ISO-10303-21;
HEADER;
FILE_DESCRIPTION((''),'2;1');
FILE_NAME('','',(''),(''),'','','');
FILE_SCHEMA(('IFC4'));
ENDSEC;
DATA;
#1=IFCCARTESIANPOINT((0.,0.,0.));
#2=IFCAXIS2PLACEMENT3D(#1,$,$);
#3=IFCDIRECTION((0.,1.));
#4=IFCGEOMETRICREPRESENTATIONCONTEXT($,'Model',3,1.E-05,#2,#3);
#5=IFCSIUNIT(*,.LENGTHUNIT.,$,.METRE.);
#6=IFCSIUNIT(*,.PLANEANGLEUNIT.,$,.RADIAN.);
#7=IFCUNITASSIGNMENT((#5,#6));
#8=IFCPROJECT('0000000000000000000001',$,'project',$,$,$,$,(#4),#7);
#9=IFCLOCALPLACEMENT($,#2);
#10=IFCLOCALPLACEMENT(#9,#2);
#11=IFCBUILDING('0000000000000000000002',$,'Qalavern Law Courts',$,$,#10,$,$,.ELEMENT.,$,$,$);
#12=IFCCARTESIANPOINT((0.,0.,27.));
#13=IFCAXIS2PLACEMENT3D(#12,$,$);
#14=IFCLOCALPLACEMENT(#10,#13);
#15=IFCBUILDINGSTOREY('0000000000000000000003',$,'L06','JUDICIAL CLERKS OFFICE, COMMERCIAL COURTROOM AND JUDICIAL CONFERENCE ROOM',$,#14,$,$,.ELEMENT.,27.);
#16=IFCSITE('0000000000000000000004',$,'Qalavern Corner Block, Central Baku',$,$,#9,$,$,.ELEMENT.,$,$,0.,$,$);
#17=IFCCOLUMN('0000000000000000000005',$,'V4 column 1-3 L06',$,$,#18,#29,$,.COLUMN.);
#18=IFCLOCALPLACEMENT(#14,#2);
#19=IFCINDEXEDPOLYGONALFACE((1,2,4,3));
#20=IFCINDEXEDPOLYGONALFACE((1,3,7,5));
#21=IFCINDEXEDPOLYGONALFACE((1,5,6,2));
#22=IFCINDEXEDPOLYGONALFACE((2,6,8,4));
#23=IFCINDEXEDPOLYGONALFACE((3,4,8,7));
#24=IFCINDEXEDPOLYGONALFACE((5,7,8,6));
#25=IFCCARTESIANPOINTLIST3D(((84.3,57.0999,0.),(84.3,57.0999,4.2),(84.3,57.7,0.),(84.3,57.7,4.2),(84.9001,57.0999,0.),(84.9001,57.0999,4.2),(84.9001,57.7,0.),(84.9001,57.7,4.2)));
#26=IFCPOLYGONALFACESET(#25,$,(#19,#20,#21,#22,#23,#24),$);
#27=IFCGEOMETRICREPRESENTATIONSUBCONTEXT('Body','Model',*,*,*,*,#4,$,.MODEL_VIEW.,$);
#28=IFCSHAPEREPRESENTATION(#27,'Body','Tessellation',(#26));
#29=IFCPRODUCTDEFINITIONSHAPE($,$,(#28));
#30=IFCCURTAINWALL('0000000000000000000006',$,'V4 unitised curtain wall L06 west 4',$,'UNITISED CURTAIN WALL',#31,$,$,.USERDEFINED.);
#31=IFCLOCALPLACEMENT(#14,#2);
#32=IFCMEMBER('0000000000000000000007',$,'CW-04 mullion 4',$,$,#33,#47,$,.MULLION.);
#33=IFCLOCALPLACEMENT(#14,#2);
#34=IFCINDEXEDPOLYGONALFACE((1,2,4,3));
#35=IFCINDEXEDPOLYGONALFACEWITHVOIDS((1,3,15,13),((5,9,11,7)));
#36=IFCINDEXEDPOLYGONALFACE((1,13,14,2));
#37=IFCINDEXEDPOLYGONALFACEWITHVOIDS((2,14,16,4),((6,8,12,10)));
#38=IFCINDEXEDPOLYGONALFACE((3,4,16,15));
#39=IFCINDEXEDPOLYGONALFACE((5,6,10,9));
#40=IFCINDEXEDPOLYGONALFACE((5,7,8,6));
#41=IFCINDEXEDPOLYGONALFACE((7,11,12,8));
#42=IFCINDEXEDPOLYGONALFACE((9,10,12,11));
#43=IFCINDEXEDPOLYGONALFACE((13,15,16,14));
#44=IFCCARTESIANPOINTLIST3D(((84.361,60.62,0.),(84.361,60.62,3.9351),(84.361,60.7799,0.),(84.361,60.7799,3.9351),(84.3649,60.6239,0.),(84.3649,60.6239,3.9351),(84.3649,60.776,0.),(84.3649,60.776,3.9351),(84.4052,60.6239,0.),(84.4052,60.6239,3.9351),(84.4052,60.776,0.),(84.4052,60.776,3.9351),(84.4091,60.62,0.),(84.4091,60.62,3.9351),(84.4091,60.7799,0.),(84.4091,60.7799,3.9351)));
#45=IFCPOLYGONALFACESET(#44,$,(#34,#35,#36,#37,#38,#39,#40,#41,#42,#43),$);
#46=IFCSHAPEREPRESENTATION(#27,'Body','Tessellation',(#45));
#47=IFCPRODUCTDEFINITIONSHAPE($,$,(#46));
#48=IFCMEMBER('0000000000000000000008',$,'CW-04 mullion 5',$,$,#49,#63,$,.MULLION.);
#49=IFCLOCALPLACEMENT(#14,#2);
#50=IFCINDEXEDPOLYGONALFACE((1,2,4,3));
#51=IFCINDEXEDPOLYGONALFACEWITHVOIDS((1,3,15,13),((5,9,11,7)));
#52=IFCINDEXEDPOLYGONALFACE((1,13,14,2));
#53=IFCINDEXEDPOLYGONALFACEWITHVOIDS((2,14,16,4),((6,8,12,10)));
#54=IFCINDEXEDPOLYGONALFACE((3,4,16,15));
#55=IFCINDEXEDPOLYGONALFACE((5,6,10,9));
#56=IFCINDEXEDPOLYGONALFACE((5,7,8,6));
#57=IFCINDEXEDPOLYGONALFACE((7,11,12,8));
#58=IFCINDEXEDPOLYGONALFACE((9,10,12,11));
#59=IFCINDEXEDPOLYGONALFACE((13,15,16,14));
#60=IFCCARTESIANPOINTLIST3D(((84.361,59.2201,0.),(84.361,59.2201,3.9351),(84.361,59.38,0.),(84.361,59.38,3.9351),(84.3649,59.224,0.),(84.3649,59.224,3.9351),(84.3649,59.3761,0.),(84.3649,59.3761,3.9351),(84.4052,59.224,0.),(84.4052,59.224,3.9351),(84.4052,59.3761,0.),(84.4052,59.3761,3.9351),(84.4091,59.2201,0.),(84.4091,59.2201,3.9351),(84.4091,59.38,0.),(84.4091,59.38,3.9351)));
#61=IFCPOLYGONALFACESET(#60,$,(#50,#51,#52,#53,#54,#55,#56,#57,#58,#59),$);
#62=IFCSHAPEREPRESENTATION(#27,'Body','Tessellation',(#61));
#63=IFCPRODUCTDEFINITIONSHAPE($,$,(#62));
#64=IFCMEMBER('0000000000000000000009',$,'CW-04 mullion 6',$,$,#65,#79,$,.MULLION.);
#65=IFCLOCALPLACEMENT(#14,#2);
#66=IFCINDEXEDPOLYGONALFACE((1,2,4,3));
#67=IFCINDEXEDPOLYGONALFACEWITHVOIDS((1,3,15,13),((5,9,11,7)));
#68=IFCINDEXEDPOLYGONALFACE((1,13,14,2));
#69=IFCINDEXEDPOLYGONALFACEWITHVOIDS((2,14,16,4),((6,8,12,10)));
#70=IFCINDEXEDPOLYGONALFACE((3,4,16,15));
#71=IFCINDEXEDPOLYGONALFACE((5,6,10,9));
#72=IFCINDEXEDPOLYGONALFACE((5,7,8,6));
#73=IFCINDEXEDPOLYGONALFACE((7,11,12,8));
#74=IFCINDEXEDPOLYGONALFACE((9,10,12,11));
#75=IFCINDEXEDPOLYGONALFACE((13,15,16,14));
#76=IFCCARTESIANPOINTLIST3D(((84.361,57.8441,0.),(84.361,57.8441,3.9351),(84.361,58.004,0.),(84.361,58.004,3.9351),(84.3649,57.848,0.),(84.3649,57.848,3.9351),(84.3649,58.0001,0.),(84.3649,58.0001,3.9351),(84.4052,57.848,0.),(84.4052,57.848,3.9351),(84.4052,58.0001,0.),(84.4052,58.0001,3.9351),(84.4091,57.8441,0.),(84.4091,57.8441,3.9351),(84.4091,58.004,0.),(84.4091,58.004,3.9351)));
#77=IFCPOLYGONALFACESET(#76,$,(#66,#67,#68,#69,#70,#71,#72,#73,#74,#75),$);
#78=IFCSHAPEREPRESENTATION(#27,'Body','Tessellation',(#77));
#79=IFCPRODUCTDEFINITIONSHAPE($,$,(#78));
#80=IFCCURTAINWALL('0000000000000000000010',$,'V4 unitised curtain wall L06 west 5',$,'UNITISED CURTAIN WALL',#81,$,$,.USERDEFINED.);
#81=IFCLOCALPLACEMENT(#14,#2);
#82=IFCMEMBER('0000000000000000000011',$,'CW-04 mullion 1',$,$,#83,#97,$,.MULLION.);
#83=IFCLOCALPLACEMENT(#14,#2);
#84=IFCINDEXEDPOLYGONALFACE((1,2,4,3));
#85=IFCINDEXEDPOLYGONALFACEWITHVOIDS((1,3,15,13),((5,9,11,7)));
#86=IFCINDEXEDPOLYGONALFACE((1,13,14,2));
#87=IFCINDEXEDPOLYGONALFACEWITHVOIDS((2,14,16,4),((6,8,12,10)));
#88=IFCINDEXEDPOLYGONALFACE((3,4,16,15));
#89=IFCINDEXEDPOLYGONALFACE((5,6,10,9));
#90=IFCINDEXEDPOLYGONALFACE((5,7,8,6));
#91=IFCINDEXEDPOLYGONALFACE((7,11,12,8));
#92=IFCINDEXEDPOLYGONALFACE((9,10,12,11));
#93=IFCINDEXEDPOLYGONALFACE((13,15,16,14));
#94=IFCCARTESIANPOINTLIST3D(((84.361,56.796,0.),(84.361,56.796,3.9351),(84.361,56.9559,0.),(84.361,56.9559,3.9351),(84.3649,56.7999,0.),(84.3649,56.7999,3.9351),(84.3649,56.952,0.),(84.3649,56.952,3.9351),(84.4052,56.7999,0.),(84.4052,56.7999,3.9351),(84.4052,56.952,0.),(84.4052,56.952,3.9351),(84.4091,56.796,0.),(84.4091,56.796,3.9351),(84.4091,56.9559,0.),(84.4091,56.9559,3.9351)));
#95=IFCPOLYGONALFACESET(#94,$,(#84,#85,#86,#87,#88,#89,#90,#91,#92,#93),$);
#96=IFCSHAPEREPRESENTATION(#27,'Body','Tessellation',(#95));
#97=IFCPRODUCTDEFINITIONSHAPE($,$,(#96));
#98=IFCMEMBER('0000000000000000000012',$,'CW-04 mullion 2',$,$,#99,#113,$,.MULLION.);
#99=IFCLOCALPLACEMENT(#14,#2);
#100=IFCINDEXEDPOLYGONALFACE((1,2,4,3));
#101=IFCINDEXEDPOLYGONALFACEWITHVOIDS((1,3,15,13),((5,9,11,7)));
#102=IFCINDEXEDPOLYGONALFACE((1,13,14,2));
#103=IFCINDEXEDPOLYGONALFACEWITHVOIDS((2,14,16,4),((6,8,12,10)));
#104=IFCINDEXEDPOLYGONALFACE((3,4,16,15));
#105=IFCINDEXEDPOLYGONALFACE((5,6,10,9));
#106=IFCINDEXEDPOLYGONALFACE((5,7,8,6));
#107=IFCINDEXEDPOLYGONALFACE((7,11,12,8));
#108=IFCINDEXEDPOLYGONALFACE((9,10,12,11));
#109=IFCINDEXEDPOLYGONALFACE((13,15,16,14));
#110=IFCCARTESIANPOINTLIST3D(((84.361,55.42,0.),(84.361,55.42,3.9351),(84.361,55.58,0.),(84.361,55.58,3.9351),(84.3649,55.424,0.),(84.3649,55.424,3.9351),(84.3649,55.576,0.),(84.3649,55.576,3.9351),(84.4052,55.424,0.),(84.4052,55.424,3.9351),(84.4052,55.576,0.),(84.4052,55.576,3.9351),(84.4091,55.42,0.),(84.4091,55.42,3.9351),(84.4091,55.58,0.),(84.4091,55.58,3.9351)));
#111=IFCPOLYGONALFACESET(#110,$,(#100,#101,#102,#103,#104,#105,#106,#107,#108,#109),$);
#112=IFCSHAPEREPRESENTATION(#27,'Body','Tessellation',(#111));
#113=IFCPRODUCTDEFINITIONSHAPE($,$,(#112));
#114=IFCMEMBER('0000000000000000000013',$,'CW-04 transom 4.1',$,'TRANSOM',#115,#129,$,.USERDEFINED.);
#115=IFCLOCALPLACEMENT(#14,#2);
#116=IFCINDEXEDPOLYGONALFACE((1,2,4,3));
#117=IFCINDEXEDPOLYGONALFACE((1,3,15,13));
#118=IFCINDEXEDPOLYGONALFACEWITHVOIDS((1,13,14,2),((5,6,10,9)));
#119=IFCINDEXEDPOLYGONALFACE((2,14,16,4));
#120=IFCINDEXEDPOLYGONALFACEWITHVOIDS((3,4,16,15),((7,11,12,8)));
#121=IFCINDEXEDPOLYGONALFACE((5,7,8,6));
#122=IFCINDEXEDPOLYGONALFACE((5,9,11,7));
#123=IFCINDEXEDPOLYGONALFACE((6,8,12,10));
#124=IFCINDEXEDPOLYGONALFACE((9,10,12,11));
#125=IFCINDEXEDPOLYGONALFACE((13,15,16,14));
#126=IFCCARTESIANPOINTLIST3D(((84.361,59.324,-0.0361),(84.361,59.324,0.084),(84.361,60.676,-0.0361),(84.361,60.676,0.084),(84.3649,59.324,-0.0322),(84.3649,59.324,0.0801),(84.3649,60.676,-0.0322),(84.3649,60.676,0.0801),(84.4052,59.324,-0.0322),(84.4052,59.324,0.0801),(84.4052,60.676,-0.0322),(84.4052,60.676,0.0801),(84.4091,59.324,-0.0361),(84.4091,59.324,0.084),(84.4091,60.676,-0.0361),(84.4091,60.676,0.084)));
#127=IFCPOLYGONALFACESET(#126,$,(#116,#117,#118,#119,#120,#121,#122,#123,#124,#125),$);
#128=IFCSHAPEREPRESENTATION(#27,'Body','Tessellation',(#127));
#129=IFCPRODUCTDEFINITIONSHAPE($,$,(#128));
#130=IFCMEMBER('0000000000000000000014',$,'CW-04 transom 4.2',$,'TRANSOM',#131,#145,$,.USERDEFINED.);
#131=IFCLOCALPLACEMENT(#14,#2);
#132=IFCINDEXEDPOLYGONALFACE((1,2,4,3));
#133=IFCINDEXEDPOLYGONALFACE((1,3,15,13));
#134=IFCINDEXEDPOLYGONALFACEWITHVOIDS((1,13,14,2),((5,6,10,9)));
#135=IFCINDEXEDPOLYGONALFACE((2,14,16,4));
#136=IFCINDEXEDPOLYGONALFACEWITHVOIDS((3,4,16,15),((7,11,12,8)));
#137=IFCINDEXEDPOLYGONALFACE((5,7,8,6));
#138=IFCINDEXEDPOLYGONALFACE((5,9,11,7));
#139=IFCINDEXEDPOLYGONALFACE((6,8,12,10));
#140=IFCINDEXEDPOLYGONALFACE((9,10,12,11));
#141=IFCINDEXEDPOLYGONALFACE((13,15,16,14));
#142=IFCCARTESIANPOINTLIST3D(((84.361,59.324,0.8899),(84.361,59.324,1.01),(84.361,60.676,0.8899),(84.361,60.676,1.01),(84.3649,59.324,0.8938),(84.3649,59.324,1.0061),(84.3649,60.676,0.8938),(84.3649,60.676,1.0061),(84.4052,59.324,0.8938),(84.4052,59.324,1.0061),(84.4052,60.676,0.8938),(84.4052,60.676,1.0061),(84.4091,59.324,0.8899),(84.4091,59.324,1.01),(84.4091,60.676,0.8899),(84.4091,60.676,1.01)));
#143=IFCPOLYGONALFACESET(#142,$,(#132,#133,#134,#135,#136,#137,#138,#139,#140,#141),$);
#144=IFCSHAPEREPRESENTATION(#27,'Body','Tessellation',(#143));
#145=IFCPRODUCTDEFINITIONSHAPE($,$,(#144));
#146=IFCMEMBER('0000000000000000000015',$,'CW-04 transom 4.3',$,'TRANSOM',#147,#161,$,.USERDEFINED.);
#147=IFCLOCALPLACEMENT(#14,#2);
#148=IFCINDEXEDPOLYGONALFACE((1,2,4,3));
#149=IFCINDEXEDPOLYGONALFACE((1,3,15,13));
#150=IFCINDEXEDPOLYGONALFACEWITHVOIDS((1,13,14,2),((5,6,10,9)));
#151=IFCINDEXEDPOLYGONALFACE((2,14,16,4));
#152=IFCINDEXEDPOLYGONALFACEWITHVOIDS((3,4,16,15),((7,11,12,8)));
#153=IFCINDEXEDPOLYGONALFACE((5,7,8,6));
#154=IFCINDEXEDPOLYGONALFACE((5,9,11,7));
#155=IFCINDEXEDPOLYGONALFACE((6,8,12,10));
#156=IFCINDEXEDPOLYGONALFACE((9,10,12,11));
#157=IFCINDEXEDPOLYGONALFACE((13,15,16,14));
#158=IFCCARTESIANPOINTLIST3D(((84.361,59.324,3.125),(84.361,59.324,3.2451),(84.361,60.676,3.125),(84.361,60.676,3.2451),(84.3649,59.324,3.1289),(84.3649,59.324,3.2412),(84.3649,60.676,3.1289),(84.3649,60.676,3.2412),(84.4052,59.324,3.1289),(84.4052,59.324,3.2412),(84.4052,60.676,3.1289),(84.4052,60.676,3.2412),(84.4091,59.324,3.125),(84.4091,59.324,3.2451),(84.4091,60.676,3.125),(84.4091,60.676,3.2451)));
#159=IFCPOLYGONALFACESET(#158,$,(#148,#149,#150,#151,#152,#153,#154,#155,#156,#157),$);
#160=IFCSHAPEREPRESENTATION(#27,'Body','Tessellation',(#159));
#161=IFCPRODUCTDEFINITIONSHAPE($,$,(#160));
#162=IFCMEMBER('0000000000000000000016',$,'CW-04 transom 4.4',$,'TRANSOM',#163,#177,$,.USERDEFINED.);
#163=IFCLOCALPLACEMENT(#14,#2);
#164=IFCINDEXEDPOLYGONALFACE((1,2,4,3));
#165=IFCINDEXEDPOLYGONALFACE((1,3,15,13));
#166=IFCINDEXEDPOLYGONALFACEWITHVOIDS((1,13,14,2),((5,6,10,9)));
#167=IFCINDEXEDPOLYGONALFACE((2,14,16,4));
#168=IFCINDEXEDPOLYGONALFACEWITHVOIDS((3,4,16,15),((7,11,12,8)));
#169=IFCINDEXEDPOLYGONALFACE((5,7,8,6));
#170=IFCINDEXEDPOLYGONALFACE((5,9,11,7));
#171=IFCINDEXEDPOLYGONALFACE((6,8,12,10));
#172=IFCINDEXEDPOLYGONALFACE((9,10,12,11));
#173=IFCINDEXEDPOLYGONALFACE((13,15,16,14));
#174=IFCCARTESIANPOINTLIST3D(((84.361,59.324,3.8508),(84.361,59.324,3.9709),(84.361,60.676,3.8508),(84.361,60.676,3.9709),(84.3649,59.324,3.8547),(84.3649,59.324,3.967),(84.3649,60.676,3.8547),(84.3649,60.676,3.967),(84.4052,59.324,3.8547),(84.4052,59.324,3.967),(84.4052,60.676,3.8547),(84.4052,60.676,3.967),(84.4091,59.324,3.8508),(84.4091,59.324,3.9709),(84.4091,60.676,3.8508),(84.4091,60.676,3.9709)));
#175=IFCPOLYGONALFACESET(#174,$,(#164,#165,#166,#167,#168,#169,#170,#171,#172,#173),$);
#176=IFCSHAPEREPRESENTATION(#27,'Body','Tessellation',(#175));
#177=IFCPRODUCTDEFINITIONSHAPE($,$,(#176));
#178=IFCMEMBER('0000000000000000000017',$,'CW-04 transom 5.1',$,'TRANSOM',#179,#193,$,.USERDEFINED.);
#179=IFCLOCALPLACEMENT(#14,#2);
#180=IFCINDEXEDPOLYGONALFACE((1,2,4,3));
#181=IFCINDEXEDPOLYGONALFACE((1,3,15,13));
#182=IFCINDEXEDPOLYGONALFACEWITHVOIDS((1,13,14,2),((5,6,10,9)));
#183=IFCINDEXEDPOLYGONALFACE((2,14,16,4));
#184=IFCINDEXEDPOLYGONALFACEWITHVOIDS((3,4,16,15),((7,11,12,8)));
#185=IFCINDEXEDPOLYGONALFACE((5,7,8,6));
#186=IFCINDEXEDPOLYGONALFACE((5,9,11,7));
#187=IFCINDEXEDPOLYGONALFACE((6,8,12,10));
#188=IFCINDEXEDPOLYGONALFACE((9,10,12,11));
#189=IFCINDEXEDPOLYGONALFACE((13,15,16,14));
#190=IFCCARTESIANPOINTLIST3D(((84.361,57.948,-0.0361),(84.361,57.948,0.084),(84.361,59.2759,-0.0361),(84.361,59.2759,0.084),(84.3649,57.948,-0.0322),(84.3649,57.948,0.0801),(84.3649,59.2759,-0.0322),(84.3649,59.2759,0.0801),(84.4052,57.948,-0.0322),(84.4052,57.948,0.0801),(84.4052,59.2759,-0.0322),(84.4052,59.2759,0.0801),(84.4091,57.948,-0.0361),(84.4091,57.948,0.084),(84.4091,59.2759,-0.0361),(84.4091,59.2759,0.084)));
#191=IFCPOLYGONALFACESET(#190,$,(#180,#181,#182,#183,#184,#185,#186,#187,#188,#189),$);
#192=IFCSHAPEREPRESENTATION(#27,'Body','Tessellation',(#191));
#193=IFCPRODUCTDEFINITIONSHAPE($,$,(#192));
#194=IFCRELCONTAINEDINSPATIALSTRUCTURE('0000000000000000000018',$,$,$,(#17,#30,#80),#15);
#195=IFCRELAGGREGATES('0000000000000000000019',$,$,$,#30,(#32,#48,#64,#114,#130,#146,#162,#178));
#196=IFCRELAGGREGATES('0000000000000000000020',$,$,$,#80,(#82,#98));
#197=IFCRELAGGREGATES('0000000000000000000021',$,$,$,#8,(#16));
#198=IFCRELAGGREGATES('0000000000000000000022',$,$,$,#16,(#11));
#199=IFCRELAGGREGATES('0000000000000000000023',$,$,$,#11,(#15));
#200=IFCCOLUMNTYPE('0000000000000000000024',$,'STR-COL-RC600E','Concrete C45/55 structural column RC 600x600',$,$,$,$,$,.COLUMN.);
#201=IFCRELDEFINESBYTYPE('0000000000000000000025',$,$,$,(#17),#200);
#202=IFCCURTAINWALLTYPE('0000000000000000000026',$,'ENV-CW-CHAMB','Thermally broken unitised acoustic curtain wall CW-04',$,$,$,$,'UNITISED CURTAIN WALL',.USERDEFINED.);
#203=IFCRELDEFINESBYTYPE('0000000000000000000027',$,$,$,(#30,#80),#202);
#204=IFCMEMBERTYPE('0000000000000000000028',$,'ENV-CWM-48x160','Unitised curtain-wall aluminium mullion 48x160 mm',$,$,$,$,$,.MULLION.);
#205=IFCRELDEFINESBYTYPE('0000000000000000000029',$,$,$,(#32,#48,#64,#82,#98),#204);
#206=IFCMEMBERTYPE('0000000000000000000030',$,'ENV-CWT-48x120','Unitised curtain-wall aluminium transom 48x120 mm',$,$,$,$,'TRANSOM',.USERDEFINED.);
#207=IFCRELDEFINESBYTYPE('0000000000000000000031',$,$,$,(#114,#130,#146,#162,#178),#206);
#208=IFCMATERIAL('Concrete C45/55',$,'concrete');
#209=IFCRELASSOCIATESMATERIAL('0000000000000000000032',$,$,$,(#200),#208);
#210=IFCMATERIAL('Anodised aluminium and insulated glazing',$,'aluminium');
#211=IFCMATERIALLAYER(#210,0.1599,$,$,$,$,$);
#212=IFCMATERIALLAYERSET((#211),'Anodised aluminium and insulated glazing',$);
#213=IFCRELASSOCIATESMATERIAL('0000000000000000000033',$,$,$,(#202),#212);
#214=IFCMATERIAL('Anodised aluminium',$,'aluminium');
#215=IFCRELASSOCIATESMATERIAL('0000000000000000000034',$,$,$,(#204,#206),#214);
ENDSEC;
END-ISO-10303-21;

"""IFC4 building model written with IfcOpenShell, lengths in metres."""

from ifc_helpers import new_model, si_unit, direction, frame, origin, origin_2d, place, context, subcontext, project, spatial, rectangle, hollow_rectangle, extrude, material, layer, layer_set, material_profile, profile_set, type_object, element, aggregate, save


model = new_model("IFC4")

# Units and contexts
model_context = context("Model", 3, precision=1e-05, world=origin(), true_north=direction((0.0, 1.0)))
body_context = subcontext(model_context, "Body", "Model", "MODEL_VIEW")
ifc_project = project(units=[si_unit("LENGTHUNIT", "METRE"), si_unit("PLANEANGLEUNIT", "RADIAN")], contexts=[model_context])

# Site, building, storey
site_placement = place(None, origin())
site = spatial("IfcSite", under=ifc_project, at=site_placement, Name="Qalavern Corner Block, Central Baku", CompositionType="ELEMENT", RefElevation=0.0)
building_placement = place(site_placement, origin())
building = spatial("IfcBuilding", under=site, at=building_placement, Name="Qalavern Law Courts", CompositionType="ELEMENT")
storey_placement = place(building_placement, frame((0.0, 0.0, 27.0)))
storey = spatial("IfcBuildingStorey", under=building, at=storey_placement, Name="L06", Description="JUDICIAL CLERKS OFFICE, COMMERCIAL COURTROOM AND JUDICIAL CONFERENCE ROOM", CompositionType="ELEMENT", Elevation=27.0)

# Column
ifc_material_1 = material(Name="Concrete C45/55", Category="concrete")
ifc_material_profile_1 = material_profile(ifc_material_1, rectangle(XDim=0.6001, YDim=0.6001, at=origin_2d()), Name="RC 600x600")
ifc_profile_set_1 = profile_set([ifc_material_profile_1], Name="Concrete C45/55")
column_type = type_object("IfcColumnType", Name="STR-COL-RC600E", Description="Concrete C45/55 structural column RC 600x600", PredefinedType="COLUMN", material=ifc_profile_set_1)
column_placement = place(storey_placement, frame((84.6001, 57.3999, 0.0), z_axis=(0.0, 0.0, 1.0), x_axis=(1.0, 0.0, 0.0)))
element("IfcColumn", 1, at=column_placement, inside=storey, type_object=column_type, Name="V4 column 1-3 L06", PredefinedType="COLUMN", context=body_context, shape_type="SweptSolid", body=[
    extrude(rectangle(XDim=0.6001, YDim=0.6001, at=origin_2d()), origin(), (0.0, 0.0, 1.0), 4.2),
])

# Curtain walls, members
ifc_material_2 = material(Name="Anodised aluminium and insulated glazing", Category="aluminium")
ifc_layer_1 = layer(ifc_material_2, 0.1599)
ifc_layer_set_1 = layer_set([ifc_layer_1], Name="Anodised aluminium and insulated glazing")
curtain_wall_type = type_object("IfcCurtainWallType", Name="ENV-CW-CHAMB", Description="Thermally broken unitised acoustic curtain wall CW-04", ElementType="UNITISED CURTAIN WALL", PredefinedType="USERDEFINED", material=ifc_layer_set_1)
curtain_wall_1_placement = place(storey_placement, origin())
curtain_wall_1 = element("IfcCurtainWall", 2, at=curtain_wall_1_placement, inside=storey, type_object=curtain_wall_type, Name="V4 unitised curtain wall L06 west 4", ObjectType="UNITISED CURTAIN WALL", PredefinedType="USERDEFINED")
ifc_material_3 = material(Name="Anodised aluminium", Category="aluminium")
ifc_material_profile_2 = material_profile(ifc_material_3, hollow_rectangle(XDim=0.0481, YDim=0.1599, WallThickness=0.0039, at=origin_2d()), Name="ALU MULLION 48x160")
ifc_profile_set_2 = profile_set([ifc_material_profile_2], Name="Anodised aluminium")
member_type_1 = type_object("IfcMemberType", Name="ENV-CWM-48x160", Description="Unitised curtain-wall aluminium mullion 48x160 mm", PredefinedType="MULLION", material=ifc_profile_set_2)
member_1_placement = place(storey_placement, frame((84.385, 60.7, 0.0), z_axis=(0.0, 0.0, 1.0), x_axis=(1.0, 0.0, 0.0)))
member_1 = element("IfcMember", 3, at=member_1_placement, type_object=member_type_1, Name="CW-04 mullion 4", PredefinedType="MULLION", context=body_context, shape_type="SweptSolid", body=[
    extrude(hollow_rectangle(XDim=0.0481, YDim=0.1599, WallThickness=0.0039, at=origin_2d()), origin(), (0.0, 0.0, 1.0), 3.9351),
])
member_2_placement = place(storey_placement, frame((84.385, 59.3, 0.0), z_axis=(0.0, 0.0, 1.0), x_axis=(1.0, 0.0, 0.0)))
member_2 = element("IfcMember", 4, at=member_2_placement, type_object=member_type_1, Name="CW-04 mullion 5", PredefinedType="MULLION", context=body_context, shape_type="SweptSolid", body=[
    extrude(hollow_rectangle(XDim=0.0481, YDim=0.1599, WallThickness=0.0039, at=origin_2d()), origin(), (0.0, 0.0, 1.0), 3.9351),
])
member_3_placement = place(storey_placement, frame((84.385, 57.9241, 0.0), z_axis=(0.0, 0.0, 1.0), x_axis=(1.0, 0.0, 0.0)))
member_3 = element("IfcMember", 5, at=member_3_placement, type_object=member_type_1, Name="CW-04 mullion 6", PredefinedType="MULLION", context=body_context, shape_type="SweptSolid", body=[
    extrude(hollow_rectangle(XDim=0.0481, YDim=0.1599, WallThickness=0.0039, at=origin_2d()), origin(), (0.0, 0.0, 1.0), 3.9351),
])
curtain_wall_2_placement = place(storey_placement, origin())
curtain_wall_2 = element("IfcCurtainWall", 6, at=curtain_wall_2_placement, inside=storey, type_object=curtain_wall_type, Name="V4 unitised curtain wall L06 west 5", ObjectType="UNITISED CURTAIN WALL", PredefinedType="USERDEFINED")
member_4_placement = place(storey_placement, frame((84.385, 56.876, 0.0), z_axis=(0.0, 0.0, 1.0), x_axis=(1.0, 0.0, 0.0)))
member_4 = element("IfcMember", 7, at=member_4_placement, type_object=member_type_1, Name="CW-04 mullion 1", PredefinedType="MULLION", context=body_context, shape_type="SweptSolid", body=[
    extrude(hollow_rectangle(XDim=0.0481, YDim=0.1599, WallThickness=0.0039, at=origin_2d()), origin(), (0.0, 0.0, 1.0), 3.9351),
])
member_5_placement = place(storey_placement, frame((84.385, 55.5, 0.0), z_axis=(0.0, 0.0, 1.0), x_axis=(1.0, 0.0, 0.0)))
member_5 = element("IfcMember", 8, at=member_5_placement, type_object=member_type_1, Name="CW-04 mullion 2", PredefinedType="MULLION", context=body_context, shape_type="SweptSolid", body=[
    extrude(hollow_rectangle(XDim=0.0481, YDim=0.1599, WallThickness=0.0039, at=origin_2d()), origin(), (0.0, 0.0, 1.0), 3.9351),
])

# Members
ifc_material_profile_3 = material_profile(ifc_material_3, hollow_rectangle(XDim=0.0481, YDim=0.1201, WallThickness=0.0039, at=origin_2d()), Name="ALU TRANSOM 48x120")
ifc_profile_set_3 = profile_set([ifc_material_profile_3], Name="Anodised aluminium")
member_type_2 = type_object("IfcMemberType", Name="ENV-CWT-48x120", Description="Unitised curtain-wall aluminium transom 48x120 mm", ElementType="TRANSOM", PredefinedType="USERDEFINED", material=ifc_profile_set_3)
member_6_placement = place(storey_placement, frame((84.385, 60.676, 0.0239), z_axis=(0.0, -1.0, 0.0), x_axis=(1.0, 0.0, 0.0)))
member_6 = element("IfcMember", 9, at=member_6_placement, type_object=member_type_2, Name="CW-04 transom 4.1", ObjectType="TRANSOM", PredefinedType="USERDEFINED", context=body_context, shape_type="SweptSolid", body=[
    extrude(hollow_rectangle(XDim=0.0481, YDim=0.1201, WallThickness=0.0039, at=origin_2d()), origin(), (0.0, 0.0, 1.0), 1.3521),
])
member_7_placement = place(storey_placement, frame((84.385, 60.676, 0.95), z_axis=(0.0, -1.0, 0.0), x_axis=(1.0, 0.0, 0.0)))
member_7 = element("IfcMember", 10, at=member_7_placement, type_object=member_type_2, Name="CW-04 transom 4.2", ObjectType="TRANSOM", PredefinedType="USERDEFINED", context=body_context, shape_type="SweptSolid", body=[
    extrude(hollow_rectangle(XDim=0.0481, YDim=0.1201, WallThickness=0.0039, at=origin_2d()), origin(), (0.0, 0.0, 1.0), 1.3521),
])
member_8_placement = place(storey_placement, frame((84.385, 60.676, 3.1851), z_axis=(0.0, -1.0, 0.0), x_axis=(1.0, 0.0, 0.0)))
member_8 = element("IfcMember", 11, at=member_8_placement, type_object=member_type_2, Name="CW-04 transom 4.3", ObjectType="TRANSOM", PredefinedType="USERDEFINED", context=body_context, shape_type="SweptSolid", body=[
    extrude(hollow_rectangle(XDim=0.0481, YDim=0.1201, WallThickness=0.0039, at=origin_2d()), origin(), (0.0, 0.0, 1.0), 1.3521),
])
member_9_placement = place(storey_placement, frame((84.385, 60.676, 3.9109), z_axis=(0.0, -1.0, 0.0), x_axis=(1.0, 0.0, 0.0)))
member_9 = element("IfcMember", 12, at=member_9_placement, type_object=member_type_2, Name="CW-04 transom 4.4", ObjectType="TRANSOM", PredefinedType="USERDEFINED", context=body_context, shape_type="SweptSolid", body=[
    extrude(hollow_rectangle(XDim=0.0481, YDim=0.1201, WallThickness=0.0039, at=origin_2d()), origin(), (0.0, 0.0, 1.0), 1.3521),
])
member_10_placement = place(storey_placement, frame((84.385, 59.2759, 0.0239), z_axis=(0.0, -1.0, 0.0), x_axis=(1.0, 0.0, 0.0)))
member_10 = element("IfcMember", 13, at=member_10_placement, type_object=member_type_2, Name="CW-04 transom 5.1", ObjectType="TRANSOM", PredefinedType="USERDEFINED", context=body_context, shape_type="SweptSolid", body=[
    extrude(hollow_rectangle(XDim=0.0481, YDim=0.1201, WallThickness=0.0039, at=origin_2d()), origin(), (0.0, 0.0, 1.0), 1.3279),
])

aggregate(curtain_wall_1, [member_1, member_2, member_3, member_6, member_7, member_8, member_9, member_10])
aggregate(curtain_wall_2, [member_4, member_5])

save(model, "model.ifc")
